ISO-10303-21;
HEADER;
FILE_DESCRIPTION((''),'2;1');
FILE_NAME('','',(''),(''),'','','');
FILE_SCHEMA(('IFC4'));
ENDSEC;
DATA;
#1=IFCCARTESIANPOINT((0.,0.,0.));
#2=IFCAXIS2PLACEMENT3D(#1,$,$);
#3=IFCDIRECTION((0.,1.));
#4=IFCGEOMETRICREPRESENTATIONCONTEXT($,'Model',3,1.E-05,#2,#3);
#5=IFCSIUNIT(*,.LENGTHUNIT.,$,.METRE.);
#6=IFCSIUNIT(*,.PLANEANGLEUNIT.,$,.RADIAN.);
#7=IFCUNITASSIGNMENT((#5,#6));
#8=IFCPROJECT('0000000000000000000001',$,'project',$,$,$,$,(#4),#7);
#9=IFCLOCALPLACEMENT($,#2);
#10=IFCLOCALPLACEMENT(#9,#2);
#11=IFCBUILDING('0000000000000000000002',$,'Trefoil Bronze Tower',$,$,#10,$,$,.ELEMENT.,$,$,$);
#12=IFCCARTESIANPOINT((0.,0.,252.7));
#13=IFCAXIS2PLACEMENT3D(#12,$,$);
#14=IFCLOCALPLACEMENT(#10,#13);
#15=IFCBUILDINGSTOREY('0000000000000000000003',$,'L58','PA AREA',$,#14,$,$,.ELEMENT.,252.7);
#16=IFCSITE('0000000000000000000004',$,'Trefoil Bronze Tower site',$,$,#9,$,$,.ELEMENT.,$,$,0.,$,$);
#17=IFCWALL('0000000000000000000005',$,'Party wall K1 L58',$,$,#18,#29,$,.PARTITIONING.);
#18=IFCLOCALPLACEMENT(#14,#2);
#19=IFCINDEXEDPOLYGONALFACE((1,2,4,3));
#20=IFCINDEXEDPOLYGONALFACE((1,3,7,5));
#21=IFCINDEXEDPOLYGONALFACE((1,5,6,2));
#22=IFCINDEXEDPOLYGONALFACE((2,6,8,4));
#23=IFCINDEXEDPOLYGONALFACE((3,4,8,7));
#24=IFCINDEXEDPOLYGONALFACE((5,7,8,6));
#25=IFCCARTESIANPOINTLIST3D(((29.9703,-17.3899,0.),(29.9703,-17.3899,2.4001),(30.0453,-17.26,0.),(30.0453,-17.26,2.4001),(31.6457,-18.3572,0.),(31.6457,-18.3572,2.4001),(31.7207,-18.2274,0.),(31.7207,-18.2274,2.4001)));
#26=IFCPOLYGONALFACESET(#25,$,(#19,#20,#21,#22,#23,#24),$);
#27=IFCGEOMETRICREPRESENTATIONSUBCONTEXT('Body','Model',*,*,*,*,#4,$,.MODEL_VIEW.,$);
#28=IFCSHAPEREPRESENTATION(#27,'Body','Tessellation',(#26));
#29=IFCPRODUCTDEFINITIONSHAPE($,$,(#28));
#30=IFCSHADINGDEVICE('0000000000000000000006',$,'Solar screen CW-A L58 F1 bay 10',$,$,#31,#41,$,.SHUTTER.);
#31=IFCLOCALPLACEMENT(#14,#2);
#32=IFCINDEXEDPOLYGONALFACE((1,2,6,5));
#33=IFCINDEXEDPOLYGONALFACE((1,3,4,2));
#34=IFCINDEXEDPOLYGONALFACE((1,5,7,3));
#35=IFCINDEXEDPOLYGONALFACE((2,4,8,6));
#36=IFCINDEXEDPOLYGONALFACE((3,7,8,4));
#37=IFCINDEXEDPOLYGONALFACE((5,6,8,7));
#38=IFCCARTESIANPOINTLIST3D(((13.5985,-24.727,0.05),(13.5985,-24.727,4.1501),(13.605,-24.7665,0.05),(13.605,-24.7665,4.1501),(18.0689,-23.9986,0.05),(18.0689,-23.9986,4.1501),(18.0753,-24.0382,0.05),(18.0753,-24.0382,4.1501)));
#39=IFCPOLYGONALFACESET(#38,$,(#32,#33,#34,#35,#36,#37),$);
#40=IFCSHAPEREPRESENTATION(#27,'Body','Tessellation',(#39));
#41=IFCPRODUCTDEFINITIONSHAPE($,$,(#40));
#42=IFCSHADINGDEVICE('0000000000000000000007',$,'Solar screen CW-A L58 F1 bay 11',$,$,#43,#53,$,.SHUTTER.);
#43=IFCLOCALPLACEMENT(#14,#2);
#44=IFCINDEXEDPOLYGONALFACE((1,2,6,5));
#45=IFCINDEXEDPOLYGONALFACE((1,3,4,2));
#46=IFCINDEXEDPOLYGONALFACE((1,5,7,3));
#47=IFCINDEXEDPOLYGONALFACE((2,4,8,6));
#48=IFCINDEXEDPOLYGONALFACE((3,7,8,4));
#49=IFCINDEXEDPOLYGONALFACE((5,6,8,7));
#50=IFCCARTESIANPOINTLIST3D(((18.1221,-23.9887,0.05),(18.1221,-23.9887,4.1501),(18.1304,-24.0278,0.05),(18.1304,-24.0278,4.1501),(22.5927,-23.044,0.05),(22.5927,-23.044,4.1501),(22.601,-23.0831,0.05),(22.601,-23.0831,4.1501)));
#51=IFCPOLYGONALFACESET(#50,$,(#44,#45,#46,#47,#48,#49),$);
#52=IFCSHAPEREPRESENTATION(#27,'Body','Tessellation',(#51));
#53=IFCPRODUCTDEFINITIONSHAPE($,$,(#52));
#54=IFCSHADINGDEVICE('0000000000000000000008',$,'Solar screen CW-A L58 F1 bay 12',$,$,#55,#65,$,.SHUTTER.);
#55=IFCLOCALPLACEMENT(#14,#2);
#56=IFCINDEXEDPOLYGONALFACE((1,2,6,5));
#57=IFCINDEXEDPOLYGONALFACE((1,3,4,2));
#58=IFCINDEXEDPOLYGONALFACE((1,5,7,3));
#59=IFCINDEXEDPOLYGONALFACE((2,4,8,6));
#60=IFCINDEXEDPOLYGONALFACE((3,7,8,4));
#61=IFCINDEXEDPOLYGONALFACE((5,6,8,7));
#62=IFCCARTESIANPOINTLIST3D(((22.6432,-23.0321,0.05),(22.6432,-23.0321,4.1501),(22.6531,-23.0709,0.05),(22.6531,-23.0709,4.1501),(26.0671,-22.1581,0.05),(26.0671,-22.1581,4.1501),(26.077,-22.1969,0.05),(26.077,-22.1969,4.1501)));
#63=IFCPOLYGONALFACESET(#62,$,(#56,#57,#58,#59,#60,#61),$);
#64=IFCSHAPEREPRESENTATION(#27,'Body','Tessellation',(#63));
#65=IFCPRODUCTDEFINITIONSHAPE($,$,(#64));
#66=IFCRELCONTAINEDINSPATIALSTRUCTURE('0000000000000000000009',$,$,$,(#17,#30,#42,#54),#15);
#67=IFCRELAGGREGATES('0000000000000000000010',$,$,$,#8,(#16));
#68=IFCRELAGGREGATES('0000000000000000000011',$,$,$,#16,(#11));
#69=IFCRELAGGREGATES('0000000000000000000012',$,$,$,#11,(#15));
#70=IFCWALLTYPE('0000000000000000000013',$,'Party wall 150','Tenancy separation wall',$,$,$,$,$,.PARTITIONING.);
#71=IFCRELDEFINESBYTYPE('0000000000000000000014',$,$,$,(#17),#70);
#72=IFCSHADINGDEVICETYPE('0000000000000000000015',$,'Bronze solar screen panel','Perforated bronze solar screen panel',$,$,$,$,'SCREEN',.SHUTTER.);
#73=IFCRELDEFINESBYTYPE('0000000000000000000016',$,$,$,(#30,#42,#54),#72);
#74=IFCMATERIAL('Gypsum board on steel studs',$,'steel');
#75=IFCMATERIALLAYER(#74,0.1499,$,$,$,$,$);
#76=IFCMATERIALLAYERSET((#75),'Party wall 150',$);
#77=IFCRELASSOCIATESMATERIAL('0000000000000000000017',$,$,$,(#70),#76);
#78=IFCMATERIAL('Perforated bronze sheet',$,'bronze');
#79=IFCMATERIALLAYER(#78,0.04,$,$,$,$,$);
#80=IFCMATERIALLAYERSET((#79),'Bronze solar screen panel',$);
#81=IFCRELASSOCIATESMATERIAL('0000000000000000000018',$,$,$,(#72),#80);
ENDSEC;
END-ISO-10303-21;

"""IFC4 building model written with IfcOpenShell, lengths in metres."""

from ifc_helpers import new_model, si_unit, direction, frame, frame_2d, origin, origin_2d, place, context, subcontext, project, spatial, rectangle, extrude, material, layer, layer_set, type_object, element, save


model = new_model("IFC4")

# Units and contexts
model_context = context("Model", 3, precision=1e-05, world=origin(), true_north=direction((0.0, 1.0)))
body_context = subcontext(model_context, "Body", "Model", "MODEL_VIEW")
ifc_project = project(units=[si_unit("LENGTHUNIT", "METRE"), si_unit("PLANEANGLEUNIT", "RADIAN")], contexts=[model_context])

# Site, building, storey
site_placement = place(None, origin())
site = spatial("IfcSite", under=ifc_project, at=site_placement, Name="Trefoil Bronze Tower site", CompositionType="ELEMENT", RefElevation=0.0)
building_placement = place(site_placement, origin())
building = spatial("IfcBuilding", under=site, at=building_placement, Name="Trefoil Bronze Tower", CompositionType="ELEMENT")
storey_placement = place(building_placement, frame((0.0, 0.0, 252.7)))
storey = spatial("IfcBuildingStorey", under=building, at=storey_placement, Name="L58", Description="PA AREA", CompositionType="ELEMENT", Elevation=252.7)

# Wall
ifc_material_1 = material(Name="Gypsum board on steel studs", Category="steel")
ifc_layer_1 = layer(ifc_material_1, 0.1499)
ifc_layer_set_1 = layer_set([ifc_layer_1], Name="Party wall 150")
wall_type = type_object("IfcWallType", Name="Party wall 150", Description="Tenancy separation wall", PredefinedType="PARTITIONING", material=ifc_layer_set_1)
wall_placement = place(storey_placement, frame((30.0078, -17.325, 0.0), z_axis=(0.0, 0.0, 1.0), x_axis=(0.866013, -0.500021, 0.0)))
element("IfcWall", 1, at=wall_placement, inside=storey, type_object=wall_type, Name="Party wall K1 L58", PredefinedType="PARTITIONING", context=body_context, shape_type="SweptSolid", body=[
    extrude(rectangle(XDim=1.9346, YDim=0.1499, at=frame_2d((0.9673, 0.0))), origin(), (0.0, 0.0, 1.0), 2.4001),
])

# Shading devices
ifc_material_2 = material(Name="Perforated bronze sheet", Category="bronze")
ifc_layer_2 = layer(ifc_material_2, 0.04)
ifc_layer_set_2 = layer_set([ifc_layer_2], Name="Bronze solar screen panel")
shading_device_type = type_object("IfcShadingDeviceType", Name="Bronze solar screen panel", Description="Perforated bronze solar screen panel", ElementType="SCREEN", PredefinedType="SHUTTER", material=ifc_layer_set_2)
shading_device_1_placement = place(storey_placement, frame((15.8369, -24.3826, 0.05), z_axis=(0.0, 0.0, 1.0), x_axis=(0.986987, 0.160803, 0.0)))
element("IfcShadingDevice", 2, at=shading_device_1_placement, inside=storey, type_object=shading_device_type, Name="Solar screen CW-A L58 F1 bay 10", PredefinedType="SHUTTER", context=body_context, shape_type="SweptSolid", body=[
    extrude(rectangle(XDim=4.5293, YDim=0.04, at=origin_2d()), origin(), (0.0, 0.0, 1.0), 4.1001),
])
shading_device_2_placement = place(storey_placement, frame((20.3616, -23.5359, 0.05), z_axis=(0.0, 0.0, 1.0), x_axis=(0.978394, 0.206747, 0.0)))
element("IfcShadingDevice", 3, at=shading_device_2_placement, inside=storey, type_object=shading_device_type, Name="Solar screen CW-A L58 F1 bay 11", PredefinedType="SHUTTER", context=body_context, shape_type="SweptSolid", body=[
    extrude(rectangle(XDim=4.5693, YDim=0.04, at=origin_2d()), origin(), (0.0, 0.0, 1.0), 4.1001),
])
shading_device_3_placement = place(storey_placement, frame((24.3601, -22.6145, 0.05), z_axis=(0.0, 0.0, 1.0), x_axis=(0.968934, 0.247319, 0.0)))
element("IfcShadingDevice", 4, at=shading_device_3_placement, inside=storey, type_object=shading_device_type, Name="Solar screen CW-A L58 F1 bay 12", PredefinedType="SHUTTER", context=body_context, shape_type="SweptSolid", body=[
    extrude(rectangle(XDim=3.5337, YDim=0.04, at=origin_2d()), origin(), (0.0, 0.0, 1.0), 4.1001),
])

save(model, "model.ifc")
